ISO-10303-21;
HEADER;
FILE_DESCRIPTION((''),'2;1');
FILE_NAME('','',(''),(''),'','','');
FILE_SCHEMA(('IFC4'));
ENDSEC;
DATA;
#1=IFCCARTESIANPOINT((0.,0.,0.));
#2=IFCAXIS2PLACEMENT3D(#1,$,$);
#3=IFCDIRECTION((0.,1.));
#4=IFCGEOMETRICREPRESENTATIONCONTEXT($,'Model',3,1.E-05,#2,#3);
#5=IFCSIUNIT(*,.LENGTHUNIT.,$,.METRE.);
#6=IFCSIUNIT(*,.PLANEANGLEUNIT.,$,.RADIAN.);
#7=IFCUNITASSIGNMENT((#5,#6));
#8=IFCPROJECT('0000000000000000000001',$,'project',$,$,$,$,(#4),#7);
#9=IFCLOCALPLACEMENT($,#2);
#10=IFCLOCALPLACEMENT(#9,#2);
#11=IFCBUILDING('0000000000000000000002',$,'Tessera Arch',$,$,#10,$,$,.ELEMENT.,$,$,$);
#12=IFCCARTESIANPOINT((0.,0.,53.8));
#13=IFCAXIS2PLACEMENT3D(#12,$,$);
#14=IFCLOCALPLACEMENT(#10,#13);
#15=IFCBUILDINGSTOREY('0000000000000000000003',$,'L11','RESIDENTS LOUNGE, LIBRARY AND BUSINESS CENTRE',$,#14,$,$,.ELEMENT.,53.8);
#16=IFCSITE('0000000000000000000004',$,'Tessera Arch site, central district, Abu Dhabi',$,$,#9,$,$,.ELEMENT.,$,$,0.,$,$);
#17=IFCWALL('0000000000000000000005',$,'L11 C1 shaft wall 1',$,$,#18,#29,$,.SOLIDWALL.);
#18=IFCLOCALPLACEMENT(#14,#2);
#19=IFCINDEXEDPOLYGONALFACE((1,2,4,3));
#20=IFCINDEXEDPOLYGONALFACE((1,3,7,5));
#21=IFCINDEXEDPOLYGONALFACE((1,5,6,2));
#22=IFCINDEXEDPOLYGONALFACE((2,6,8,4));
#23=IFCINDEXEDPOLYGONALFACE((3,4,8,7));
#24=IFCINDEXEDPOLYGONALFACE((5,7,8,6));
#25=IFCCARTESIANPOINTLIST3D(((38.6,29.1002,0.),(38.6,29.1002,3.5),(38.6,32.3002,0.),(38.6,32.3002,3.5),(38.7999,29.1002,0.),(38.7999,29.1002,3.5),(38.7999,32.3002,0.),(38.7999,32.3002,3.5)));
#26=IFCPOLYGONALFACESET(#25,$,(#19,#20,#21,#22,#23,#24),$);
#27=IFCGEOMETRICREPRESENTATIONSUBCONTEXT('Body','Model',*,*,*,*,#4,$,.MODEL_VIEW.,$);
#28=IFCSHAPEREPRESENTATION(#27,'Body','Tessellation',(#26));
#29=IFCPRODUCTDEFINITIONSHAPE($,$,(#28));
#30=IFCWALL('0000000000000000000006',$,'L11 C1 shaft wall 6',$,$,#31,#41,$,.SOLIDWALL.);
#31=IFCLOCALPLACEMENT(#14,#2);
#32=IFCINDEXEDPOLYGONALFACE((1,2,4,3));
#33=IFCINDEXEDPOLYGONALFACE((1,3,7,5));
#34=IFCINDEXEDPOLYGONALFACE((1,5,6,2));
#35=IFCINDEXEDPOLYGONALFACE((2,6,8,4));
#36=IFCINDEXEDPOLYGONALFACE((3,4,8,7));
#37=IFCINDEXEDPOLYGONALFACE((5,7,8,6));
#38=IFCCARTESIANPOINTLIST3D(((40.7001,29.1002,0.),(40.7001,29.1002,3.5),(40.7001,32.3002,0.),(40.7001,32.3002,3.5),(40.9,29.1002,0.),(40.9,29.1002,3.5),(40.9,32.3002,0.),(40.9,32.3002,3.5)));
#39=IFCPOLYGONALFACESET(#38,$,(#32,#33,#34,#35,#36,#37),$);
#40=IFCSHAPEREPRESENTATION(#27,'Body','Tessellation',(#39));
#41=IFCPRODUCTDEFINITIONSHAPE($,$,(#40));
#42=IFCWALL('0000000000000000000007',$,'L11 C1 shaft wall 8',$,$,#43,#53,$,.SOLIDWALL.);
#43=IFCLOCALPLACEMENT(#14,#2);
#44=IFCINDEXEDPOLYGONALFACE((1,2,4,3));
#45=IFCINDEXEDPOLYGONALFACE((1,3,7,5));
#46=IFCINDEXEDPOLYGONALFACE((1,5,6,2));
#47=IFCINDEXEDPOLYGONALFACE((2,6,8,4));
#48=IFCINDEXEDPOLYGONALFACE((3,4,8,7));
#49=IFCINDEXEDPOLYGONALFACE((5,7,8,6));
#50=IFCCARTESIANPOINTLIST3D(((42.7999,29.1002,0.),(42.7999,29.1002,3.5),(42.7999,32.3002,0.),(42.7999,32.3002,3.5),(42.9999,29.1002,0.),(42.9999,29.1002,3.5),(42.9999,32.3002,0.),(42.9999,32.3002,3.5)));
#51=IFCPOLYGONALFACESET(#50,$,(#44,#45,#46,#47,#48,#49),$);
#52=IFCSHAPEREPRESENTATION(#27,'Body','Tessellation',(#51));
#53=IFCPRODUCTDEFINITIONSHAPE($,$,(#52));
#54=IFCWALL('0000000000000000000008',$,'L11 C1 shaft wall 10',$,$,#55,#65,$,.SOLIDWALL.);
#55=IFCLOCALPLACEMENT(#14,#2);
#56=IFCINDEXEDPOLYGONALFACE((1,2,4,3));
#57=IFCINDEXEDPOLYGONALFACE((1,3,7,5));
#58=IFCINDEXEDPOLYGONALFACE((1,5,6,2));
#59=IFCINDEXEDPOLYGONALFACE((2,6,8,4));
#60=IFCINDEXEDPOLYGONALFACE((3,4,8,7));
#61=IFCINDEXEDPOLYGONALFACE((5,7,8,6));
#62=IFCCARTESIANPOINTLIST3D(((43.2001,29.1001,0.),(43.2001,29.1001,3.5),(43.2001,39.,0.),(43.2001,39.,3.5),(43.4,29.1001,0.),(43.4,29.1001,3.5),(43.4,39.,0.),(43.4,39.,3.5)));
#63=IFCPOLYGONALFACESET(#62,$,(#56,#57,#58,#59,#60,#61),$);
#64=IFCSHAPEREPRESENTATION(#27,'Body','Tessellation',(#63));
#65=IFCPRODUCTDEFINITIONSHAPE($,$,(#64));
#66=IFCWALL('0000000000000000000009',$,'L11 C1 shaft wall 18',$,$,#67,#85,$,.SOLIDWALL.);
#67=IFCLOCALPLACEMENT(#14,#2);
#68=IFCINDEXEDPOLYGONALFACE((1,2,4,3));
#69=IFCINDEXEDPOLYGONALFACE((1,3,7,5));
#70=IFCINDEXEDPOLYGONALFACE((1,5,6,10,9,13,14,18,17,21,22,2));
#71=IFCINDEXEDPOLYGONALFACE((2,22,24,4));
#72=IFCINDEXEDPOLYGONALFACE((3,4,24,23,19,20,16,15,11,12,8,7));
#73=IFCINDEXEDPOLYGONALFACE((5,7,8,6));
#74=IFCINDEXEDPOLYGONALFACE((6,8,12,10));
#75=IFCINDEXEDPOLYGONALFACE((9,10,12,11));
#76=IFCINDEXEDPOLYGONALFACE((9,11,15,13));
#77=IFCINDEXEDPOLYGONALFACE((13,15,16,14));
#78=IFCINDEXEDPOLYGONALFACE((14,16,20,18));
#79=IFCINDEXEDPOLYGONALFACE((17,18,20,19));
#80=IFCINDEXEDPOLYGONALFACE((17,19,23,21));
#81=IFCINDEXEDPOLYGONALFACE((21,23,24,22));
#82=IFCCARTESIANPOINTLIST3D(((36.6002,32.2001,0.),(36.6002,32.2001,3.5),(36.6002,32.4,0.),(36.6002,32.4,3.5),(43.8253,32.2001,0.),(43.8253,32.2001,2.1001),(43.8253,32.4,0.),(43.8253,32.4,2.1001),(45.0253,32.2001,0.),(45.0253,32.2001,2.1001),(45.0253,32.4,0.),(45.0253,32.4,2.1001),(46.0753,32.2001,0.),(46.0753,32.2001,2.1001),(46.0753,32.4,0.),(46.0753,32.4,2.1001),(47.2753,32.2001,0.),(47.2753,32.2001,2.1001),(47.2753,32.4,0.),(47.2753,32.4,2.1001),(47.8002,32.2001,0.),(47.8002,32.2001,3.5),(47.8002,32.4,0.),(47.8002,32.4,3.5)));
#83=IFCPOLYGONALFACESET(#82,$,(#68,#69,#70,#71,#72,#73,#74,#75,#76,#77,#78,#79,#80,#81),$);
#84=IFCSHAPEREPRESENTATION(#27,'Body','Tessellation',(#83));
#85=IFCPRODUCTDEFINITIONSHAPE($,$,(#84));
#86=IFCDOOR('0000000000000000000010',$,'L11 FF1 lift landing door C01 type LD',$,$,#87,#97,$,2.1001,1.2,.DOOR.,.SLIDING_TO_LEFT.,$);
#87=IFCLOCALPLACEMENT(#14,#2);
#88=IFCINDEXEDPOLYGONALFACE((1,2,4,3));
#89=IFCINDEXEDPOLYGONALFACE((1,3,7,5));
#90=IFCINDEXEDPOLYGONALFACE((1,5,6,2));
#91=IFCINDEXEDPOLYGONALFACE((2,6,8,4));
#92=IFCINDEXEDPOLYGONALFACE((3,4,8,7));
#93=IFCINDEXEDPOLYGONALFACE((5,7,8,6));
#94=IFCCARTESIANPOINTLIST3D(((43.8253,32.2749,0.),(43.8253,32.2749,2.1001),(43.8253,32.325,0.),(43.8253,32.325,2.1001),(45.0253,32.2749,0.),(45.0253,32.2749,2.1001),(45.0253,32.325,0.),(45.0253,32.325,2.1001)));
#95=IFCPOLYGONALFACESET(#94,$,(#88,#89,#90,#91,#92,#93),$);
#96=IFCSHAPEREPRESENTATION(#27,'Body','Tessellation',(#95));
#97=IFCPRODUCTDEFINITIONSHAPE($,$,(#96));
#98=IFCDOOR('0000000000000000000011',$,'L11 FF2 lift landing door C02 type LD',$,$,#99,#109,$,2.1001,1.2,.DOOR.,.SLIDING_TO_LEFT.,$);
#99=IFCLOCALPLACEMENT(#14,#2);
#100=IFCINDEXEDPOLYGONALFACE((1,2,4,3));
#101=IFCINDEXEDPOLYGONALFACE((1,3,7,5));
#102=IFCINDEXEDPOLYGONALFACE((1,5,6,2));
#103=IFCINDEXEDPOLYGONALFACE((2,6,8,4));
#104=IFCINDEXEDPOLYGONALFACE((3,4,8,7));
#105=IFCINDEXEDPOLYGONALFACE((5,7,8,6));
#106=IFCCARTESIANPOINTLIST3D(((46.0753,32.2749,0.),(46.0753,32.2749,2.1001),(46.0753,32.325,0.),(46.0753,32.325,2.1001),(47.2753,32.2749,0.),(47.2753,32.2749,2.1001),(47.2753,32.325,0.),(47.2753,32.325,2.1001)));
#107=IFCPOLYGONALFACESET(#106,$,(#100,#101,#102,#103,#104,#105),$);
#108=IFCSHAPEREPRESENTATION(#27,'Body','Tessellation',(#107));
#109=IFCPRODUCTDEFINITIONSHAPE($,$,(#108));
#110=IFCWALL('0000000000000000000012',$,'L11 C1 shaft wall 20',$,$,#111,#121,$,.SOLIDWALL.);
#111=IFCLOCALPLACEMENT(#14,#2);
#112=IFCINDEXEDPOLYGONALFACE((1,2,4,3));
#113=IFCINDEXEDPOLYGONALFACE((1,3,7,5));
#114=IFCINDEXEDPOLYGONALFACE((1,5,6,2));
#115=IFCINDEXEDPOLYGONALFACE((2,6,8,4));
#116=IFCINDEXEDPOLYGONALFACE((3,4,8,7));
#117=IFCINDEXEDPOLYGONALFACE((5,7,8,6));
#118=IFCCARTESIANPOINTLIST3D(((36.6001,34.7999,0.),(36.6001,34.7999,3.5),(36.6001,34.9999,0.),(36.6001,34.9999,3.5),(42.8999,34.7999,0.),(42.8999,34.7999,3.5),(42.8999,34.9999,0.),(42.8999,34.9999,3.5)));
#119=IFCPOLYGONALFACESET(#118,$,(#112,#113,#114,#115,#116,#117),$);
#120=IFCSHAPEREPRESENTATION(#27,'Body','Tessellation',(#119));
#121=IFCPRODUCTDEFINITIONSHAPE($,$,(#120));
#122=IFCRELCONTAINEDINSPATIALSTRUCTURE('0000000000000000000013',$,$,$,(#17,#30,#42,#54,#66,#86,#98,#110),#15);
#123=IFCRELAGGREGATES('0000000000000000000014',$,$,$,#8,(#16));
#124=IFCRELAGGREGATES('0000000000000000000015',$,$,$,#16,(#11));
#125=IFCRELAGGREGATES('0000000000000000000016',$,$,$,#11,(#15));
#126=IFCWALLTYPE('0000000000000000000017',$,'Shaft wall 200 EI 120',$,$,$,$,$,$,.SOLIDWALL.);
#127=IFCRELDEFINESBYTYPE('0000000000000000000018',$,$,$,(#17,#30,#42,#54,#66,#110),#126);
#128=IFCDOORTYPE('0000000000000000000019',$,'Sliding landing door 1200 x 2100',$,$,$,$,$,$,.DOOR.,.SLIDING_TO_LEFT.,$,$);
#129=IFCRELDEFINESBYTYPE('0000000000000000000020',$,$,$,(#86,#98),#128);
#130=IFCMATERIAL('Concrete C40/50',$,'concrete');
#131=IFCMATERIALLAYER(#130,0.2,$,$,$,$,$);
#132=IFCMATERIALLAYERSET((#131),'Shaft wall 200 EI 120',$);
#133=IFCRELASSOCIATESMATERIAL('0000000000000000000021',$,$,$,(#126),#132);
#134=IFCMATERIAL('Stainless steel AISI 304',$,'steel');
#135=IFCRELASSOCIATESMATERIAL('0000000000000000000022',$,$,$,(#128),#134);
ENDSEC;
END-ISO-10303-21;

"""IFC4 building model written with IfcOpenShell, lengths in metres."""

from ifc_helpers import new_model, si_unit, direction, frame, frame_2d, origin, place, context, subcontext, project, spatial, rectangle, extrude, material, layer, layer_set, type_object, element, fill, save


model = new_model("IFC4")

# Units and contexts
model_context = context("Model", 3, precision=1e-05, world=origin(), true_north=direction((0.0, 1.0)))
body_context = subcontext(model_context, "Body", "Model", "MODEL_VIEW")
ifc_project = project(units=[si_unit("LENGTHUNIT", "METRE"), si_unit("PLANEANGLEUNIT", "RADIAN")], contexts=[model_context])

# Site, building, storey
site_placement = place(None, origin())
site = spatial("IfcSite", under=ifc_project, at=site_placement, Name="Tessera Arch site, central district, Abu Dhabi", CompositionType="ELEMENT", RefElevation=0.0)
building_placement = place(site_placement, origin())
building = spatial("IfcBuilding", under=site, at=building_placement, Name="Tessera Arch", CompositionType="ELEMENT")
storey_placement = place(building_placement, frame((0.0, 0.0, 53.8)))
storey = spatial("IfcBuildingStorey", under=building, at=storey_placement, Name="L11", Description="RESIDENTS LOUNGE, LIBRARY AND BUSINESS CENTRE", CompositionType="ELEMENT", Elevation=53.8)

# Walls
ifc_material_1 = material(Name="Concrete C40/50", Category="concrete")
ifc_layer_1 = layer(ifc_material_1, 0.2)
ifc_layer_set_1 = layer_set([ifc_layer_1], Name="Shaft wall 200 EI 120")
wall_type_1 = type_object("IfcWallType", Name="Shaft wall 200 EI 120", PredefinedType="SOLIDWALL", material=ifc_layer_set_1)
for number, where, z_axis, x_axis, name in (
    (1, (38.7, 29.1001, 0.0), (0.0, 0.0, 1.0), (0.0, 1.0, 0.0), "L11 C1 shaft wall 1"),
    (2, (40.8, 29.1001, 0.0), (0.0, 0.0, 1.0), (0.0, 1.0, 0.0), "L11 C1 shaft wall 6"),
    (3, (42.8999, 29.1001, 0.0), (0.0, 0.0, 1.0), (0.0, 1.0, 0.0), "L11 C1 shaft wall 8"),
):
    element("IfcWall", number, at=place(storey_placement, frame(where, z_axis=z_axis, x_axis=x_axis)), inside=storey, type_object=wall_type_1, Name=name, PredefinedType="SOLIDWALL", context=body_context, shape_type="SweptSolid", body=[
        extrude(rectangle(XDim=3.2, YDim=0.2, at=frame_2d((1.6001, 0.0))), origin(), (0.0, 0.0, 1.0), 3.5),
    ])
wall_1_placement = place(storey_placement, frame((43.3, 29.1001, 0.0), z_axis=(0.0, 0.0, 1.0), x_axis=(0.0, 1.0, 0.0)))
element("IfcWall", 4, at=wall_1_placement, inside=storey, type_object=wall_type_1, Name="L11 C1 shaft wall 10", PredefinedType="SOLIDWALL", context=body_context, shape_type="SweptSolid", body=[
    extrude(rectangle(XDim=9.8999, YDim=0.2, at=frame_2d((4.95, 0.0))), origin(), (0.0, 0.0, 1.0), 3.5),
])

# Wall, openings, doors
wall_2_placement = place(storey_placement, frame((36.6001, 32.3, 0.0), z_axis=(0.0, 0.0, 1.0), x_axis=(1.0, 0.0, 0.0)))
wall_2 = element("IfcWall", 5, at=wall_2_placement, inside=storey, type_object=wall_type_1, Name="L11 C1 shaft wall 18", PredefinedType="SOLIDWALL", context=body_context, shape_type="SweptSolid", body=[
    extrude(rectangle(XDim=11.2, YDim=0.2, at=frame_2d((5.6001, 0.0))), origin(), (0.0, 0.0, 1.0), 3.5),
])
opening_1_placement = place(wall_2_placement, frame((7.2251, 0.0, 0.0)))
opening_1 = element("IfcOpeningElement", 6, at=opening_1_placement, cuts=wall_2, PredefinedType="OPENING", context=body_context, shape_type="SweptSolid", body=[
    extrude(rectangle(XDim=1.2, YDim=2.1001, at=frame_2d((0.6001, 1.05))), frame((0.0, 0.1099, 0.0), z_axis=(0.0, -1.0, 0.0), x_axis=(1.0, 0.0, 0.0)), (0.0, 0.0, 1.0), 0.22),
])
opening_2_placement = place(wall_2_placement, frame((9.4751, 0.0, 0.0)))
opening_2 = element("IfcOpeningElement", 7, at=opening_2_placement, cuts=wall_2, PredefinedType="OPENING", context=body_context, shape_type="SweptSolid", body=[
    extrude(rectangle(XDim=1.2, YDim=2.1001, at=frame_2d((0.6001, 1.05))), frame((0.0, 0.1099, 0.0), z_axis=(0.0, -1.0, 0.0), x_axis=(1.0, 0.0, 0.0)), (0.0, 0.0, 1.0), 0.22),
])
ifc_material_2 = material(Name="Stainless steel AISI 304", Category="steel")
door_type_1 = type_object("IfcDoorType", Name="Sliding landing door 1200 x 2100", OperationType="SLIDING_TO_LEFT", PredefinedType="DOOR", material=ifc_material_2)
door_1_placement = place(opening_1_placement, origin())
door_1 = element("IfcDoor", 8, at=door_1_placement, inside=storey, type_object=door_type_1, Name="L11 FF1 lift landing door C01 type LD", OperationType="SLIDING_TO_LEFT", OverallHeight=2.1001, OverallWidth=1.2, PredefinedType="DOOR", context=body_context, shape_type="SweptSolid", body=[
    extrude(rectangle(XDim=1.2, YDim=2.1001, at=frame_2d((0.6001, 1.05))), frame((0.0, 0.0249, 0.0), z_axis=(0.0, -1.0, 0.0), x_axis=(1.0, 0.0, 0.0)), (0.0, 0.0, 1.0), 0.05),
])
fill(opening_1, door_1)
door_2_placement = place(opening_2_placement, origin())
door_2 = element("IfcDoor", 9, at=door_2_placement, inside=storey, type_object=door_type_1, Name="L11 FF2 lift landing door C02 type LD", OperationType="SLIDING_TO_LEFT", OverallHeight=2.1001, OverallWidth=1.2, PredefinedType="DOOR", context=body_context, shape_type="SweptSolid", body=[
    extrude(rectangle(XDim=1.2, YDim=2.1001, at=frame_2d((0.6001, 1.05))), frame((0.0, 0.0249, 0.0), z_axis=(0.0, -1.0, 0.0), x_axis=(1.0, 0.0, 0.0)), (0.0, 0.0, 1.0), 0.05),
])
fill(opening_2, door_2)

# Wall
wall_3_placement = place(storey_placement, frame((36.6001, 34.8999, 0.0), z_axis=(0.0, 0.0, 1.0), x_axis=(1.0, 0.0, 0.0)))
element("IfcWall", 10, at=wall_3_placement, inside=storey, type_object=wall_type_1, Name="L11 C1 shaft wall 20", PredefinedType="SOLIDWALL", context=body_context, shape_type="SweptSolid", body=[
    extrude(rectangle(XDim=6.2998, YDim=0.2, at=frame_2d((3.1499, 0.0))), origin(), (0.0, 0.0, 1.0), 3.5),
])

save(model, "model.ifc")
